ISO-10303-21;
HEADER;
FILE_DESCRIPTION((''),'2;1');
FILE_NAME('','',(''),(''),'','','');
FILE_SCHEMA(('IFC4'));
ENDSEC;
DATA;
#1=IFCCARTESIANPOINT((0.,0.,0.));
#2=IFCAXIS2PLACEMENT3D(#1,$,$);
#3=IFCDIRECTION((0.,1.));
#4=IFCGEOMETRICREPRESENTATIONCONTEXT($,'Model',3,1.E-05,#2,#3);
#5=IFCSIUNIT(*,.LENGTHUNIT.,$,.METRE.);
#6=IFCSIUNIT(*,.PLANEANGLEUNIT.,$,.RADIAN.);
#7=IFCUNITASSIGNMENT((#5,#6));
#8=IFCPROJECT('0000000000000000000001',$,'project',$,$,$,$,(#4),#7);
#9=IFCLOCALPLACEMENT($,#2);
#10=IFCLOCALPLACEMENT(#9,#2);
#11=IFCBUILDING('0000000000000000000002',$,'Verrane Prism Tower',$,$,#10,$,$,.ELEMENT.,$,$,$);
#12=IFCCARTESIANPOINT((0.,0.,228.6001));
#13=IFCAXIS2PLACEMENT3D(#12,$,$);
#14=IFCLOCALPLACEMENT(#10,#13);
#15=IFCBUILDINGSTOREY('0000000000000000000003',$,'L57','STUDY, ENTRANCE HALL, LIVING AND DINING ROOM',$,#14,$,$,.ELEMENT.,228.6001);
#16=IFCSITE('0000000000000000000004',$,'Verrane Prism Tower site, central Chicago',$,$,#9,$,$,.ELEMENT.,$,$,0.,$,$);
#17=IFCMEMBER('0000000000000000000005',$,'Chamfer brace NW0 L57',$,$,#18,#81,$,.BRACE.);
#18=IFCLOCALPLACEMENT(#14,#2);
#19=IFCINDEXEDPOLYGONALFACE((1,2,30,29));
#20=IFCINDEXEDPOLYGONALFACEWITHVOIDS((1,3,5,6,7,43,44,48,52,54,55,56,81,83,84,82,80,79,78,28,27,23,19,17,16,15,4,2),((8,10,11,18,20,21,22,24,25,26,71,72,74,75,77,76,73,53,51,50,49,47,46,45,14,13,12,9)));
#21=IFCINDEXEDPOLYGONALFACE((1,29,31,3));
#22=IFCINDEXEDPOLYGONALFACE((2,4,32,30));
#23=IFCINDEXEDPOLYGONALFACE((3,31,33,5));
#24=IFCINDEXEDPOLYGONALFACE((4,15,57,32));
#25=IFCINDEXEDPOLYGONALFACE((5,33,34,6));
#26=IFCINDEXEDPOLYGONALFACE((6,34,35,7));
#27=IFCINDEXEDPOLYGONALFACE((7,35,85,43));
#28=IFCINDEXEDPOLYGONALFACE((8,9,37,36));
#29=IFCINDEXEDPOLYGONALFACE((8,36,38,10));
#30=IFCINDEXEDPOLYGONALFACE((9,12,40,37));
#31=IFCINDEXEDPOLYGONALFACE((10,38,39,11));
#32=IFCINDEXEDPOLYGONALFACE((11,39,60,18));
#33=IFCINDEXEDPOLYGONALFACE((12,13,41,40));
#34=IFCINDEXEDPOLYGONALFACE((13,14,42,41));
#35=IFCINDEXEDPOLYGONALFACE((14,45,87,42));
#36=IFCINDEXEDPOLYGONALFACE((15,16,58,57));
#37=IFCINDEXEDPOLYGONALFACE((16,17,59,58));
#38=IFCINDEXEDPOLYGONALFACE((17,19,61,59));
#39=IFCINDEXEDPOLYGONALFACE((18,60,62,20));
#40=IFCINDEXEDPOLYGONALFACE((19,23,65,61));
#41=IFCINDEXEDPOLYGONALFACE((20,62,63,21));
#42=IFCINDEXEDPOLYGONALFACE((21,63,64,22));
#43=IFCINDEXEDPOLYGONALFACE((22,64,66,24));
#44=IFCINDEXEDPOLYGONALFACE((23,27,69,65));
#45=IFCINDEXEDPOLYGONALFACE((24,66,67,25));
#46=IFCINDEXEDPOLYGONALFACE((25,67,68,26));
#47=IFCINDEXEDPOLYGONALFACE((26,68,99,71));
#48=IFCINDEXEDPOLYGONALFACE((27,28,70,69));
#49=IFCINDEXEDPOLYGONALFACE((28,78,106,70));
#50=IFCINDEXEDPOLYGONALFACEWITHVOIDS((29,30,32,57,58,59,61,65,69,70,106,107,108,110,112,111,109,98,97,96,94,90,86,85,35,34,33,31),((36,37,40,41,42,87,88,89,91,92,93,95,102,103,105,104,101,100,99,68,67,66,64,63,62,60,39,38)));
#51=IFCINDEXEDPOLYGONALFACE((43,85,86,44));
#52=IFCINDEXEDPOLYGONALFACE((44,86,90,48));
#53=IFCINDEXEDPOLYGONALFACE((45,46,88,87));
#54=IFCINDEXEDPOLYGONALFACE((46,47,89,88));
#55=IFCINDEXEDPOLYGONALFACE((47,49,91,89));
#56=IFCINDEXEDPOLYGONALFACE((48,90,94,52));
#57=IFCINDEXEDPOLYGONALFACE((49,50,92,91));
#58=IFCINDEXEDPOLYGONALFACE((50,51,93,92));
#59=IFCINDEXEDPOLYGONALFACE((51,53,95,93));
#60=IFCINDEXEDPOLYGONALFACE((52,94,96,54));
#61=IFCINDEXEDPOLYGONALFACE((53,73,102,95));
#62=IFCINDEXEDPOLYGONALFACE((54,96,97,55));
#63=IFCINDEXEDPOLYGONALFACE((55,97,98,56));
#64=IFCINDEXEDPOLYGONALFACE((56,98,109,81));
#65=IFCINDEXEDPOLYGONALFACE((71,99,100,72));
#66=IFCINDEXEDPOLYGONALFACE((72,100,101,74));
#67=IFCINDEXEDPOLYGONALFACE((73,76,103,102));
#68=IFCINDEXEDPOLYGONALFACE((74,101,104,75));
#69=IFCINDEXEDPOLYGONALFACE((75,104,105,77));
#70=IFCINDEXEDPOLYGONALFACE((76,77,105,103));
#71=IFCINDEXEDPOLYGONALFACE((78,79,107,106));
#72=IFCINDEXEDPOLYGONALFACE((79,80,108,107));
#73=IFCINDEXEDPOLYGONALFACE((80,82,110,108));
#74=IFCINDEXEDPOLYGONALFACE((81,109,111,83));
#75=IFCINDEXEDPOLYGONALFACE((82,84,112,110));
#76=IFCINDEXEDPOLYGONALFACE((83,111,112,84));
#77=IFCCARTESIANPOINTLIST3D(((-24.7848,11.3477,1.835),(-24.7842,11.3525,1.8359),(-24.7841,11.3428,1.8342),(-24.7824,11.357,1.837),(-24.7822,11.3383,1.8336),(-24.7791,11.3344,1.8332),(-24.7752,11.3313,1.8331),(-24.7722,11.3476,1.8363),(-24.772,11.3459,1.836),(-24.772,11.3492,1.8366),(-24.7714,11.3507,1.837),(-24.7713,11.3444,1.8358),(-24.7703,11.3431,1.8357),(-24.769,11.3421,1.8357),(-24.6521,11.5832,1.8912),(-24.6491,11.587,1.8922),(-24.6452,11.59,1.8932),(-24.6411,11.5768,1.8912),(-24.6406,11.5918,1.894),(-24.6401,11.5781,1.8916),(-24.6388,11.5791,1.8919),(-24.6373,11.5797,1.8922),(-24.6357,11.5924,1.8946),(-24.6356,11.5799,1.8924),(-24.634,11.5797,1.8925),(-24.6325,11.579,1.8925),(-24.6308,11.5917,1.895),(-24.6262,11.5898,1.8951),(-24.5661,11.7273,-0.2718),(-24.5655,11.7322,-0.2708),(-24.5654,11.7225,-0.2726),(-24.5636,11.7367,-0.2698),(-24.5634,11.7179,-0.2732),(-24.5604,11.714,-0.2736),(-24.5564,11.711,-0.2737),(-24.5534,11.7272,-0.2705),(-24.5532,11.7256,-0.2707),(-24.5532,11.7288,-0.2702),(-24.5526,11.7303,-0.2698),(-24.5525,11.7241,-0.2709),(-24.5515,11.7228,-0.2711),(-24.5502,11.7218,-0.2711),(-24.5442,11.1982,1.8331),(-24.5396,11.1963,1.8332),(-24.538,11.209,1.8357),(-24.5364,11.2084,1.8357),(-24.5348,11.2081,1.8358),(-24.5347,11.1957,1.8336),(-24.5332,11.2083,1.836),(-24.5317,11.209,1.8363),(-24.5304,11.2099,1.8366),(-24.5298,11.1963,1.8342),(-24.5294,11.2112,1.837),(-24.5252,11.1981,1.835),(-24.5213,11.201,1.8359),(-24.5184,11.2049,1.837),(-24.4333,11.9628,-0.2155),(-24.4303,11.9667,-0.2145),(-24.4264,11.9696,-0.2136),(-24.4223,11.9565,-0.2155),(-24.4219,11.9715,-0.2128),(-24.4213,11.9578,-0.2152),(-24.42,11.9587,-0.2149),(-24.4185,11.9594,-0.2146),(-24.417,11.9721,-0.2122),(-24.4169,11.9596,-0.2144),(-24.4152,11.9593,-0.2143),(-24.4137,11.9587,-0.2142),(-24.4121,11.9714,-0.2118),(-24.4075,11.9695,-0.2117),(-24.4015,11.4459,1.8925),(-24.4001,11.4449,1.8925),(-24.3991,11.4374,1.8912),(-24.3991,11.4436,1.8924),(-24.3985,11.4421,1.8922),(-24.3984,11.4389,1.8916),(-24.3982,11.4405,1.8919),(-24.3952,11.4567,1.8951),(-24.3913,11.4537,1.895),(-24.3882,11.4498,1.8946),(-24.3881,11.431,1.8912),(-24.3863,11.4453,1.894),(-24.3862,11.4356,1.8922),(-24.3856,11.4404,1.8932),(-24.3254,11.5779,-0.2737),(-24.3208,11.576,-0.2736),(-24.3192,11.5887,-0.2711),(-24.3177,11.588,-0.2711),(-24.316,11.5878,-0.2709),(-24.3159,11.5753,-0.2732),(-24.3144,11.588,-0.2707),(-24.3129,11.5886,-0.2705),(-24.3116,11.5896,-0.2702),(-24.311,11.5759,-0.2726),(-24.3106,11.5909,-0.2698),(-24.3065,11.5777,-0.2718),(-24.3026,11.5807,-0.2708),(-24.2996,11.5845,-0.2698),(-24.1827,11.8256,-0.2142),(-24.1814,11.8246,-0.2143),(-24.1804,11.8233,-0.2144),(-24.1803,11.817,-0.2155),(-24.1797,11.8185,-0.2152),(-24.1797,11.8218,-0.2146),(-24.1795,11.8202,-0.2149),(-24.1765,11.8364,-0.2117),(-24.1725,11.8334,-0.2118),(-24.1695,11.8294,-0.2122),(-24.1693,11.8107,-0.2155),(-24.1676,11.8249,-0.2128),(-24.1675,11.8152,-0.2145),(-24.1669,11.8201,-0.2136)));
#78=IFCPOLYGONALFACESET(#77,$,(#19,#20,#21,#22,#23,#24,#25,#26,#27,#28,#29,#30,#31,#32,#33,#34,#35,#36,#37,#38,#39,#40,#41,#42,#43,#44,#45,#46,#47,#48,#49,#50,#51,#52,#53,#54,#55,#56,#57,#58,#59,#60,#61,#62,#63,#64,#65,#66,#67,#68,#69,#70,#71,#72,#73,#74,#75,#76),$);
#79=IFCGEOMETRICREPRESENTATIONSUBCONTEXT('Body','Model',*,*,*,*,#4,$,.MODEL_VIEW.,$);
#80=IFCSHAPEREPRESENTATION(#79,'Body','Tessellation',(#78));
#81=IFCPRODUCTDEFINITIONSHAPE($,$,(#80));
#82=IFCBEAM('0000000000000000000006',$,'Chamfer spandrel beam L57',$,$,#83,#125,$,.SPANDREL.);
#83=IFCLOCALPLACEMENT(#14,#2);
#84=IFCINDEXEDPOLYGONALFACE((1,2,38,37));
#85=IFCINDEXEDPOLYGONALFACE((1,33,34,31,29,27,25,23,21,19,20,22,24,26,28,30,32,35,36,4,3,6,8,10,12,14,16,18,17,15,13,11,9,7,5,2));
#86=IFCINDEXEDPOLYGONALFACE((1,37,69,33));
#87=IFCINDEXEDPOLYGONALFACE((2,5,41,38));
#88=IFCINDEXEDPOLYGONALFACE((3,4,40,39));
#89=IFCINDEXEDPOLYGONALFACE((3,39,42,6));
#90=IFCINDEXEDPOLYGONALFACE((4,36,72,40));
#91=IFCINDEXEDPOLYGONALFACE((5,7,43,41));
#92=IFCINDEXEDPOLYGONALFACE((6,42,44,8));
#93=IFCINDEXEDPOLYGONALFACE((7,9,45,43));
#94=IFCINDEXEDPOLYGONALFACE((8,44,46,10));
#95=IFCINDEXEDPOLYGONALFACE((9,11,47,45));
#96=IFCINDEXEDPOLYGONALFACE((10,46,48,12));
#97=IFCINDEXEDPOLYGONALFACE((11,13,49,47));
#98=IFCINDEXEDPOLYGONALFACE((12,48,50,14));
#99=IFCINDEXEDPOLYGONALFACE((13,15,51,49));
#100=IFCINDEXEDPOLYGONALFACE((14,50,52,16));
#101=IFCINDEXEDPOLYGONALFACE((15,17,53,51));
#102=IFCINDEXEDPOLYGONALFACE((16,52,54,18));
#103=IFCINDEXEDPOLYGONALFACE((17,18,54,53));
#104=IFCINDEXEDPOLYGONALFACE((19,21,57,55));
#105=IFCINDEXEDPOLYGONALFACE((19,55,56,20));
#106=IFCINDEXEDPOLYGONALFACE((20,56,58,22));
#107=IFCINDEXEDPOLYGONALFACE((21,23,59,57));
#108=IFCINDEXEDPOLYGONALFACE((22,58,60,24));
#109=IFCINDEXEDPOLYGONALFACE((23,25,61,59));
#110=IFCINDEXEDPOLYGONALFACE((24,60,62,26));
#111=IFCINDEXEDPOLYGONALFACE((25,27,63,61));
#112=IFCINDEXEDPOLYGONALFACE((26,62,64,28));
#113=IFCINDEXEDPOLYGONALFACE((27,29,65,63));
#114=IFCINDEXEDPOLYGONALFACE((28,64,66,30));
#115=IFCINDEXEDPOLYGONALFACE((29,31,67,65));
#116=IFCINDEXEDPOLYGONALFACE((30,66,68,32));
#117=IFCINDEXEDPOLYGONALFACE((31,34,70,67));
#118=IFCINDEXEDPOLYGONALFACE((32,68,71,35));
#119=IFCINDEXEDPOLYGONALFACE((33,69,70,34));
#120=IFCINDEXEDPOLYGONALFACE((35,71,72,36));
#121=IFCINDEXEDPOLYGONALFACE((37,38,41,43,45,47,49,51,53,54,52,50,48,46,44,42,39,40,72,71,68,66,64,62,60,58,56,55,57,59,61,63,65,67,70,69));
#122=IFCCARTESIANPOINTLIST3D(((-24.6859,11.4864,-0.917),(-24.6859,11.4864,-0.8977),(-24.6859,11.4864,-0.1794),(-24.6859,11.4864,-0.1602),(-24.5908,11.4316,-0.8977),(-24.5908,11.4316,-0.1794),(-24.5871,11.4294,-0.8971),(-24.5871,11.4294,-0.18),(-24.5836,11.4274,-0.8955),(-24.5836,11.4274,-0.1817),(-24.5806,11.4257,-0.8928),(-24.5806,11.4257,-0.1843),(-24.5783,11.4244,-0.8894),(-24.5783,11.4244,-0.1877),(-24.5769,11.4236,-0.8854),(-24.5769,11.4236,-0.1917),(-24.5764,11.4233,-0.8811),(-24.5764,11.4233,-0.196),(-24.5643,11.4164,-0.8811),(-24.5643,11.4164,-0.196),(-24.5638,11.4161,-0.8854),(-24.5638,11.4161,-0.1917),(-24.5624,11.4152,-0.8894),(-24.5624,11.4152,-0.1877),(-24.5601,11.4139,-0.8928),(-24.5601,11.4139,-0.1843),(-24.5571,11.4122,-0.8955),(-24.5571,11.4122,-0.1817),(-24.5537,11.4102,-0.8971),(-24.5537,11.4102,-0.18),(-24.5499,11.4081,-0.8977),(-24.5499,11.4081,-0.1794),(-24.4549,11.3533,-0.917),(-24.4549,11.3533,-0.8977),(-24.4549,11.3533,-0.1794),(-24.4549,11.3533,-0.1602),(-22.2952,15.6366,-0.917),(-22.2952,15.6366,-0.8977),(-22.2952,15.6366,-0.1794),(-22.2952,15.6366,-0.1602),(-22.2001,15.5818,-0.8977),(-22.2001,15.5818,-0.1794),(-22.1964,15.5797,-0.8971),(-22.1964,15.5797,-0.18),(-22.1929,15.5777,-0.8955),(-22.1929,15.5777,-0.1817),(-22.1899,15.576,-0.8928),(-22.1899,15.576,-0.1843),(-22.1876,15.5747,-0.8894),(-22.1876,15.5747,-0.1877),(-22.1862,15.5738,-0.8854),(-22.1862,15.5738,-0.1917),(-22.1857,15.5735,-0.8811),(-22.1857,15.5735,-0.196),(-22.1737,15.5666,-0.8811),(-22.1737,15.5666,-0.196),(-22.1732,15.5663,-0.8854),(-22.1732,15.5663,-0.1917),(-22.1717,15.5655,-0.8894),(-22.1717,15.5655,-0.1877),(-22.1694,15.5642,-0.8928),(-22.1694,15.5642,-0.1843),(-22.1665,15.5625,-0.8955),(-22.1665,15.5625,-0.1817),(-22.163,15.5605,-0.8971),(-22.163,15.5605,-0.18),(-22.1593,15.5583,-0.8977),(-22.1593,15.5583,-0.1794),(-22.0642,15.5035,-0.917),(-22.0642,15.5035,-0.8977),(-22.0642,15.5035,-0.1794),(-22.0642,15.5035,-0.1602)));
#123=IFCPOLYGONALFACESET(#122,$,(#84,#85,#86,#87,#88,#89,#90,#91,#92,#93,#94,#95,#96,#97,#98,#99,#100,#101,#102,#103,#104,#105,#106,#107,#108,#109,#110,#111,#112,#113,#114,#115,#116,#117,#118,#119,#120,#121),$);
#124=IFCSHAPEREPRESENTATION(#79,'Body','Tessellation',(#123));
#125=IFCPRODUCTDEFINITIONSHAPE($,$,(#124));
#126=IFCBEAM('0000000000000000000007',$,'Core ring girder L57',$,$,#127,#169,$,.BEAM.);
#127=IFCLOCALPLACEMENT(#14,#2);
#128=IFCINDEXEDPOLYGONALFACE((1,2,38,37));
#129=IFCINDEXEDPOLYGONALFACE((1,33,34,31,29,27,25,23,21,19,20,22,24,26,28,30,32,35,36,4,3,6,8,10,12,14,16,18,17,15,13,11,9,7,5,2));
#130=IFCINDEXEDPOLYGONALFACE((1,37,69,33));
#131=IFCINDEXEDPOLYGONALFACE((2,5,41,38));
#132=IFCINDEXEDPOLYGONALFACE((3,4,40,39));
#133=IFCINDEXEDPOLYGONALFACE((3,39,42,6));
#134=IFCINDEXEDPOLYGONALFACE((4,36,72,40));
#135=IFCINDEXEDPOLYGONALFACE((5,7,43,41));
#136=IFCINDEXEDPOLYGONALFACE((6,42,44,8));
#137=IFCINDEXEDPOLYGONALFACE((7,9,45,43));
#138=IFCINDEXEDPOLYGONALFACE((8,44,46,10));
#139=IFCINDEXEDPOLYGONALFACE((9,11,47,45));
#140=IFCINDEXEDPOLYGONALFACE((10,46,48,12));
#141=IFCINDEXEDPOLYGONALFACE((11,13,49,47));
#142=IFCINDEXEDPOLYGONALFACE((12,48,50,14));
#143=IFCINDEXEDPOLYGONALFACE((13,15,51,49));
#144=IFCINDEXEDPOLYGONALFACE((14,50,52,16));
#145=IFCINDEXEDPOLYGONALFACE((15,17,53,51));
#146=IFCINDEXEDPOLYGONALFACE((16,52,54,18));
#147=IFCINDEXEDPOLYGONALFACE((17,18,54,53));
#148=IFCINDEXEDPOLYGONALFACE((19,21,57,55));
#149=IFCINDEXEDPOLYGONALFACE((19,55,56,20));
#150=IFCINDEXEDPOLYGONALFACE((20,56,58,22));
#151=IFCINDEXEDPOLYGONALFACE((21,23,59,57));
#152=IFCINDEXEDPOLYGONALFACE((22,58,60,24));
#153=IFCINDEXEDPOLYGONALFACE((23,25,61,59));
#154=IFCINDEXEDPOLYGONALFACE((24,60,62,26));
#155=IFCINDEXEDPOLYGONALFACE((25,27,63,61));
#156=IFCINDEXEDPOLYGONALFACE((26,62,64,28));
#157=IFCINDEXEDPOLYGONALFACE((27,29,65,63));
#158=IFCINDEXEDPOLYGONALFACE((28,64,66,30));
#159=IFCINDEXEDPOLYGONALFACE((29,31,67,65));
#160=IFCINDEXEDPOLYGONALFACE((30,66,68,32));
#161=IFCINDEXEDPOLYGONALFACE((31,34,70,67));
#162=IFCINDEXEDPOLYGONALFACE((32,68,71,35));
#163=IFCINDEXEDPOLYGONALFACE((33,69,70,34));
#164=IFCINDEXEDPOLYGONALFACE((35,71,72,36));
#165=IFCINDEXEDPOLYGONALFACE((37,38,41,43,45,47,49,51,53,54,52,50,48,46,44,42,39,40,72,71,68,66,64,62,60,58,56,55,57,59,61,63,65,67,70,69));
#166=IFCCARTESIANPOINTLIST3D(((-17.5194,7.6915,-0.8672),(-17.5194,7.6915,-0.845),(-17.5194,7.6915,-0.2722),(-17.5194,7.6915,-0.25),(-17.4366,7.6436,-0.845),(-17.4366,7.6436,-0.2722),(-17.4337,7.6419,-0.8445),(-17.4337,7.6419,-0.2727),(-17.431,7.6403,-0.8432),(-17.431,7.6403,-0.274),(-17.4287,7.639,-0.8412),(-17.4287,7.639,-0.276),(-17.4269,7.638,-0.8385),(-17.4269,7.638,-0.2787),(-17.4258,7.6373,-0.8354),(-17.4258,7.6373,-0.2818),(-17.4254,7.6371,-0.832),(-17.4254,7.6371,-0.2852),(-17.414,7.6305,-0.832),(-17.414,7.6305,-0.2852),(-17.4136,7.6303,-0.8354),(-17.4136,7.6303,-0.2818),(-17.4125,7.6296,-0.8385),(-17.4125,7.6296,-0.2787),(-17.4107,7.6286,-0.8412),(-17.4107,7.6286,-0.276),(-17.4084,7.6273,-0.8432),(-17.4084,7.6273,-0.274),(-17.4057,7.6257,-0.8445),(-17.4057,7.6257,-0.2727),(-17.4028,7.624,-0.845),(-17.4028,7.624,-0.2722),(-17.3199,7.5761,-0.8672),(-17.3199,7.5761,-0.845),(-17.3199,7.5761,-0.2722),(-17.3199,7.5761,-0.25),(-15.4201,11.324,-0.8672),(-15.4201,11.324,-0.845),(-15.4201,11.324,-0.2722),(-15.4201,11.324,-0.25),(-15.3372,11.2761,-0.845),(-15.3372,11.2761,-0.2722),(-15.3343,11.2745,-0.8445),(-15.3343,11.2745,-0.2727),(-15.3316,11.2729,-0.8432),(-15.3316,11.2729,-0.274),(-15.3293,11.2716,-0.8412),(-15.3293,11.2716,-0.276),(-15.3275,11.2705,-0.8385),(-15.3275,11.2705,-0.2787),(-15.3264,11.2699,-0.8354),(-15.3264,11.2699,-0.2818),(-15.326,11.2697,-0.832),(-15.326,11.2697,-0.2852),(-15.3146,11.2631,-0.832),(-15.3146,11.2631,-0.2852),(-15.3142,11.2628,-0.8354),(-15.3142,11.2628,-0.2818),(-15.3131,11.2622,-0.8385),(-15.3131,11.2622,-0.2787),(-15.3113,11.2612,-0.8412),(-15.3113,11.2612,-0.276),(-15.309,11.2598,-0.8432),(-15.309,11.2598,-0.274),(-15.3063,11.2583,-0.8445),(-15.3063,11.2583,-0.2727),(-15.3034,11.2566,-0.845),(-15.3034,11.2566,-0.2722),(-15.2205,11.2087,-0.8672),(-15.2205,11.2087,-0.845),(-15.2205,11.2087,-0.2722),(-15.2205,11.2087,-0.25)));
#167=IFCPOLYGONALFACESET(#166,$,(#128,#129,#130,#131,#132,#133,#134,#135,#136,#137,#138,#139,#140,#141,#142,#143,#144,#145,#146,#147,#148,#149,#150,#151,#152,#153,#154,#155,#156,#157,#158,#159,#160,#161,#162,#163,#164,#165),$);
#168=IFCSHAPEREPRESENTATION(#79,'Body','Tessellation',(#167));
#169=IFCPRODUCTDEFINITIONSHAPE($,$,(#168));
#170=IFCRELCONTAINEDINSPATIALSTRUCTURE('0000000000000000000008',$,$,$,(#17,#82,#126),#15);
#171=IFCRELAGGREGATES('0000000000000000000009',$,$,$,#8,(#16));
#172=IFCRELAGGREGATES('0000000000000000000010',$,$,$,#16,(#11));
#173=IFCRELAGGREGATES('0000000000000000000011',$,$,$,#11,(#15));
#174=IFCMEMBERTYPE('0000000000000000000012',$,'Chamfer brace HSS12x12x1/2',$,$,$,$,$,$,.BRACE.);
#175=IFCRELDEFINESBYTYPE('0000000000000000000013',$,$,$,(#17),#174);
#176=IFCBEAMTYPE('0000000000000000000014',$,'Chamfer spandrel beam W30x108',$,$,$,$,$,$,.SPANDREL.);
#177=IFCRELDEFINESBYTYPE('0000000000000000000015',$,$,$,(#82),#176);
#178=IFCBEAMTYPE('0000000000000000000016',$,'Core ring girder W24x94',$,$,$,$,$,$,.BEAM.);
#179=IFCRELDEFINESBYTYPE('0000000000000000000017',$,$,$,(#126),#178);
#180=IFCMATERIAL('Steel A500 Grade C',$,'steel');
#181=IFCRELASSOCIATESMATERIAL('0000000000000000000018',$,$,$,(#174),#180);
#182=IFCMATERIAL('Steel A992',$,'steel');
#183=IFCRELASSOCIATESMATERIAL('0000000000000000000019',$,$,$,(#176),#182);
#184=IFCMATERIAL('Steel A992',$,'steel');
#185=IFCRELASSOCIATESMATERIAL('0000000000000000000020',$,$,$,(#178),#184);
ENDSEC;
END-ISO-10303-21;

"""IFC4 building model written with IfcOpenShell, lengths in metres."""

from ifc_helpers import new_model, si_unit, direction, frame, origin, origin_2d, place, context, subcontext, project, spatial, hollow_rectangle, i_section, extrude, material, material_profile, profile_set, type_object, element, save


model = new_model("IFC4")

# Units and contexts
model_context = context("Model", 3, precision=1e-05, world=origin(), true_north=direction((0.0, 1.0)))
body_context = subcontext(model_context, "Body", "Model", "MODEL_VIEW")
ifc_project = project(units=[si_unit("LENGTHUNIT", "METRE"), si_unit("PLANEANGLEUNIT", "RADIAN")], contexts=[model_context])

# Site, building, storey
site_placement = place(None, origin())
site = spatial("IfcSite", under=ifc_project, at=site_placement, Name="Verrane Prism Tower site, central Chicago", CompositionType="ELEMENT", RefElevation=0.0)
building_placement = place(site_placement, origin())
building = spatial("IfcBuilding", under=site, at=building_placement, Name="Verrane Prism Tower", CompositionType="ELEMENT")
storey_placement = place(building_placement, frame((0.0, 0.0, 228.6001)))
storey = spatial("IfcBuildingStorey", under=building, at=storey_placement, Name="L57", Description="STUDY, ENTRANCE HALL, LIVING AND DINING ROOM", CompositionType="ELEMENT", Elevation=228.6001)

# Member
ifc_material_1 = material(Name="Steel A500 Grade C", Category="steel")
ifc_material_profile_1 = material_profile(ifc_material_1, hollow_rectangle(XDim=0.3047, YDim=0.3047, WallThickness=0.0127, InnerFilletRadius=0.0063, OuterFilletRadius=0.019, at=origin_2d()), Name="HSS12x12x1/2")
ifc_profile_set_1 = profile_set([ifc_material_profile_1], Name="Steel A500 Grade C")
member_type_1 = type_object("IfcMemberType", Name="Chamfer brace HSS12x12x1/2", PredefinedType="BRACE", material=ifc_profile_set_1)
member_1_placement = place(storey_placement, frame((-24.3665, 11.7737, -0.2427), z_axis=(-0.10166, -0.176431, 0.979049), x_axis=(0.866454, -0.499256, 0.0)))
element("IfcMember", 1, at=member_1_placement, inside=storey, type_object=member_type_1, Name="Chamfer brace NW0 L57", PredefinedType="BRACE", context=body_context, shape_type="SweptSolid", body=[
    extrude(hollow_rectangle(XDim=0.3047, YDim=0.3047, WallThickness=0.0127, InnerFilletRadius=0.0063, OuterFilletRadius=0.019, at=origin_2d()), origin(), (0.0, 0.0, 1.0), 2.1519),
])

# Beams
ifc_material_2 = material(Name="Steel A992", Category="steel")
ifc_material_profile_2 = material_profile(ifc_material_2, i_section(OverallWidth=0.2666, OverallDepth=0.7568, WebThickness=0.0139, FlangeThickness=0.0193, FilletRadius=0.0166, at=origin_2d()), Name="W30x108")
ifc_profile_set_2 = profile_set([ifc_material_profile_2], Name="Steel A992")
beam_type_1 = type_object("IfcBeamType", Name="Chamfer spandrel beam W30x108", PredefinedType="SPANDREL", material=ifc_profile_set_2)
beam_1_placement = place(storey_placement, frame((-22.1797, 15.5701, -0.5386), z_axis=(-0.499144, -0.866519, 0.0), x_axis=(0.866519, -0.499144, 0.0)))
element("IfcBeam", 2, at=beam_1_placement, inside=storey, type_object=beam_type_1, Name="Chamfer spandrel beam L57", PredefinedType="SPANDREL", context=body_context, shape_type="SweptSolid", body=[
    extrude(i_section(OverallWidth=0.2666, OverallDepth=0.7568, WebThickness=0.0139, FlangeThickness=0.0193, FilletRadius=0.0166, at=origin_2d()), origin(), (0.0, 0.0, 1.0), 4.7896),
])
ifc_material_3 = material(Name="Steel A992", Category="steel")
ifc_material_profile_3 = material_profile(ifc_material_3, i_section(OverallWidth=0.2305, OverallDepth=0.6172, WebThickness=0.0132, FlangeThickness=0.0222, FilletRadius=0.0129, at=origin_2d()), Name="W24x94")
ifc_profile_set_3 = profile_set([ifc_material_profile_3], Name="Steel A992")
beam_type_2 = type_object("IfcBeamType", Name="Core ring girder W24x94", PredefinedType="BEAM", material=ifc_profile_set_3)
beam_2_placement = place(storey_placement, frame((-15.3203, 11.2664, -0.5586), z_axis=(-0.500376, -0.865808, 0.0), x_axis=(0.865808, -0.500376, 0.0)))
element("IfcBeam", 3, at=beam_2_placement, inside=storey, type_object=beam_type_2, Name="Core ring girder L57", PredefinedType="BEAM", context=body_context, shape_type="SweptSolid", body=[
    extrude(i_section(OverallWidth=0.2305, OverallDepth=0.6172, WebThickness=0.0132, FlangeThickness=0.0222, FilletRadius=0.0129, at=origin_2d()), origin(), (0.0, 0.0, 1.0), 4.1956),
])

save(model, "model.ifc")
